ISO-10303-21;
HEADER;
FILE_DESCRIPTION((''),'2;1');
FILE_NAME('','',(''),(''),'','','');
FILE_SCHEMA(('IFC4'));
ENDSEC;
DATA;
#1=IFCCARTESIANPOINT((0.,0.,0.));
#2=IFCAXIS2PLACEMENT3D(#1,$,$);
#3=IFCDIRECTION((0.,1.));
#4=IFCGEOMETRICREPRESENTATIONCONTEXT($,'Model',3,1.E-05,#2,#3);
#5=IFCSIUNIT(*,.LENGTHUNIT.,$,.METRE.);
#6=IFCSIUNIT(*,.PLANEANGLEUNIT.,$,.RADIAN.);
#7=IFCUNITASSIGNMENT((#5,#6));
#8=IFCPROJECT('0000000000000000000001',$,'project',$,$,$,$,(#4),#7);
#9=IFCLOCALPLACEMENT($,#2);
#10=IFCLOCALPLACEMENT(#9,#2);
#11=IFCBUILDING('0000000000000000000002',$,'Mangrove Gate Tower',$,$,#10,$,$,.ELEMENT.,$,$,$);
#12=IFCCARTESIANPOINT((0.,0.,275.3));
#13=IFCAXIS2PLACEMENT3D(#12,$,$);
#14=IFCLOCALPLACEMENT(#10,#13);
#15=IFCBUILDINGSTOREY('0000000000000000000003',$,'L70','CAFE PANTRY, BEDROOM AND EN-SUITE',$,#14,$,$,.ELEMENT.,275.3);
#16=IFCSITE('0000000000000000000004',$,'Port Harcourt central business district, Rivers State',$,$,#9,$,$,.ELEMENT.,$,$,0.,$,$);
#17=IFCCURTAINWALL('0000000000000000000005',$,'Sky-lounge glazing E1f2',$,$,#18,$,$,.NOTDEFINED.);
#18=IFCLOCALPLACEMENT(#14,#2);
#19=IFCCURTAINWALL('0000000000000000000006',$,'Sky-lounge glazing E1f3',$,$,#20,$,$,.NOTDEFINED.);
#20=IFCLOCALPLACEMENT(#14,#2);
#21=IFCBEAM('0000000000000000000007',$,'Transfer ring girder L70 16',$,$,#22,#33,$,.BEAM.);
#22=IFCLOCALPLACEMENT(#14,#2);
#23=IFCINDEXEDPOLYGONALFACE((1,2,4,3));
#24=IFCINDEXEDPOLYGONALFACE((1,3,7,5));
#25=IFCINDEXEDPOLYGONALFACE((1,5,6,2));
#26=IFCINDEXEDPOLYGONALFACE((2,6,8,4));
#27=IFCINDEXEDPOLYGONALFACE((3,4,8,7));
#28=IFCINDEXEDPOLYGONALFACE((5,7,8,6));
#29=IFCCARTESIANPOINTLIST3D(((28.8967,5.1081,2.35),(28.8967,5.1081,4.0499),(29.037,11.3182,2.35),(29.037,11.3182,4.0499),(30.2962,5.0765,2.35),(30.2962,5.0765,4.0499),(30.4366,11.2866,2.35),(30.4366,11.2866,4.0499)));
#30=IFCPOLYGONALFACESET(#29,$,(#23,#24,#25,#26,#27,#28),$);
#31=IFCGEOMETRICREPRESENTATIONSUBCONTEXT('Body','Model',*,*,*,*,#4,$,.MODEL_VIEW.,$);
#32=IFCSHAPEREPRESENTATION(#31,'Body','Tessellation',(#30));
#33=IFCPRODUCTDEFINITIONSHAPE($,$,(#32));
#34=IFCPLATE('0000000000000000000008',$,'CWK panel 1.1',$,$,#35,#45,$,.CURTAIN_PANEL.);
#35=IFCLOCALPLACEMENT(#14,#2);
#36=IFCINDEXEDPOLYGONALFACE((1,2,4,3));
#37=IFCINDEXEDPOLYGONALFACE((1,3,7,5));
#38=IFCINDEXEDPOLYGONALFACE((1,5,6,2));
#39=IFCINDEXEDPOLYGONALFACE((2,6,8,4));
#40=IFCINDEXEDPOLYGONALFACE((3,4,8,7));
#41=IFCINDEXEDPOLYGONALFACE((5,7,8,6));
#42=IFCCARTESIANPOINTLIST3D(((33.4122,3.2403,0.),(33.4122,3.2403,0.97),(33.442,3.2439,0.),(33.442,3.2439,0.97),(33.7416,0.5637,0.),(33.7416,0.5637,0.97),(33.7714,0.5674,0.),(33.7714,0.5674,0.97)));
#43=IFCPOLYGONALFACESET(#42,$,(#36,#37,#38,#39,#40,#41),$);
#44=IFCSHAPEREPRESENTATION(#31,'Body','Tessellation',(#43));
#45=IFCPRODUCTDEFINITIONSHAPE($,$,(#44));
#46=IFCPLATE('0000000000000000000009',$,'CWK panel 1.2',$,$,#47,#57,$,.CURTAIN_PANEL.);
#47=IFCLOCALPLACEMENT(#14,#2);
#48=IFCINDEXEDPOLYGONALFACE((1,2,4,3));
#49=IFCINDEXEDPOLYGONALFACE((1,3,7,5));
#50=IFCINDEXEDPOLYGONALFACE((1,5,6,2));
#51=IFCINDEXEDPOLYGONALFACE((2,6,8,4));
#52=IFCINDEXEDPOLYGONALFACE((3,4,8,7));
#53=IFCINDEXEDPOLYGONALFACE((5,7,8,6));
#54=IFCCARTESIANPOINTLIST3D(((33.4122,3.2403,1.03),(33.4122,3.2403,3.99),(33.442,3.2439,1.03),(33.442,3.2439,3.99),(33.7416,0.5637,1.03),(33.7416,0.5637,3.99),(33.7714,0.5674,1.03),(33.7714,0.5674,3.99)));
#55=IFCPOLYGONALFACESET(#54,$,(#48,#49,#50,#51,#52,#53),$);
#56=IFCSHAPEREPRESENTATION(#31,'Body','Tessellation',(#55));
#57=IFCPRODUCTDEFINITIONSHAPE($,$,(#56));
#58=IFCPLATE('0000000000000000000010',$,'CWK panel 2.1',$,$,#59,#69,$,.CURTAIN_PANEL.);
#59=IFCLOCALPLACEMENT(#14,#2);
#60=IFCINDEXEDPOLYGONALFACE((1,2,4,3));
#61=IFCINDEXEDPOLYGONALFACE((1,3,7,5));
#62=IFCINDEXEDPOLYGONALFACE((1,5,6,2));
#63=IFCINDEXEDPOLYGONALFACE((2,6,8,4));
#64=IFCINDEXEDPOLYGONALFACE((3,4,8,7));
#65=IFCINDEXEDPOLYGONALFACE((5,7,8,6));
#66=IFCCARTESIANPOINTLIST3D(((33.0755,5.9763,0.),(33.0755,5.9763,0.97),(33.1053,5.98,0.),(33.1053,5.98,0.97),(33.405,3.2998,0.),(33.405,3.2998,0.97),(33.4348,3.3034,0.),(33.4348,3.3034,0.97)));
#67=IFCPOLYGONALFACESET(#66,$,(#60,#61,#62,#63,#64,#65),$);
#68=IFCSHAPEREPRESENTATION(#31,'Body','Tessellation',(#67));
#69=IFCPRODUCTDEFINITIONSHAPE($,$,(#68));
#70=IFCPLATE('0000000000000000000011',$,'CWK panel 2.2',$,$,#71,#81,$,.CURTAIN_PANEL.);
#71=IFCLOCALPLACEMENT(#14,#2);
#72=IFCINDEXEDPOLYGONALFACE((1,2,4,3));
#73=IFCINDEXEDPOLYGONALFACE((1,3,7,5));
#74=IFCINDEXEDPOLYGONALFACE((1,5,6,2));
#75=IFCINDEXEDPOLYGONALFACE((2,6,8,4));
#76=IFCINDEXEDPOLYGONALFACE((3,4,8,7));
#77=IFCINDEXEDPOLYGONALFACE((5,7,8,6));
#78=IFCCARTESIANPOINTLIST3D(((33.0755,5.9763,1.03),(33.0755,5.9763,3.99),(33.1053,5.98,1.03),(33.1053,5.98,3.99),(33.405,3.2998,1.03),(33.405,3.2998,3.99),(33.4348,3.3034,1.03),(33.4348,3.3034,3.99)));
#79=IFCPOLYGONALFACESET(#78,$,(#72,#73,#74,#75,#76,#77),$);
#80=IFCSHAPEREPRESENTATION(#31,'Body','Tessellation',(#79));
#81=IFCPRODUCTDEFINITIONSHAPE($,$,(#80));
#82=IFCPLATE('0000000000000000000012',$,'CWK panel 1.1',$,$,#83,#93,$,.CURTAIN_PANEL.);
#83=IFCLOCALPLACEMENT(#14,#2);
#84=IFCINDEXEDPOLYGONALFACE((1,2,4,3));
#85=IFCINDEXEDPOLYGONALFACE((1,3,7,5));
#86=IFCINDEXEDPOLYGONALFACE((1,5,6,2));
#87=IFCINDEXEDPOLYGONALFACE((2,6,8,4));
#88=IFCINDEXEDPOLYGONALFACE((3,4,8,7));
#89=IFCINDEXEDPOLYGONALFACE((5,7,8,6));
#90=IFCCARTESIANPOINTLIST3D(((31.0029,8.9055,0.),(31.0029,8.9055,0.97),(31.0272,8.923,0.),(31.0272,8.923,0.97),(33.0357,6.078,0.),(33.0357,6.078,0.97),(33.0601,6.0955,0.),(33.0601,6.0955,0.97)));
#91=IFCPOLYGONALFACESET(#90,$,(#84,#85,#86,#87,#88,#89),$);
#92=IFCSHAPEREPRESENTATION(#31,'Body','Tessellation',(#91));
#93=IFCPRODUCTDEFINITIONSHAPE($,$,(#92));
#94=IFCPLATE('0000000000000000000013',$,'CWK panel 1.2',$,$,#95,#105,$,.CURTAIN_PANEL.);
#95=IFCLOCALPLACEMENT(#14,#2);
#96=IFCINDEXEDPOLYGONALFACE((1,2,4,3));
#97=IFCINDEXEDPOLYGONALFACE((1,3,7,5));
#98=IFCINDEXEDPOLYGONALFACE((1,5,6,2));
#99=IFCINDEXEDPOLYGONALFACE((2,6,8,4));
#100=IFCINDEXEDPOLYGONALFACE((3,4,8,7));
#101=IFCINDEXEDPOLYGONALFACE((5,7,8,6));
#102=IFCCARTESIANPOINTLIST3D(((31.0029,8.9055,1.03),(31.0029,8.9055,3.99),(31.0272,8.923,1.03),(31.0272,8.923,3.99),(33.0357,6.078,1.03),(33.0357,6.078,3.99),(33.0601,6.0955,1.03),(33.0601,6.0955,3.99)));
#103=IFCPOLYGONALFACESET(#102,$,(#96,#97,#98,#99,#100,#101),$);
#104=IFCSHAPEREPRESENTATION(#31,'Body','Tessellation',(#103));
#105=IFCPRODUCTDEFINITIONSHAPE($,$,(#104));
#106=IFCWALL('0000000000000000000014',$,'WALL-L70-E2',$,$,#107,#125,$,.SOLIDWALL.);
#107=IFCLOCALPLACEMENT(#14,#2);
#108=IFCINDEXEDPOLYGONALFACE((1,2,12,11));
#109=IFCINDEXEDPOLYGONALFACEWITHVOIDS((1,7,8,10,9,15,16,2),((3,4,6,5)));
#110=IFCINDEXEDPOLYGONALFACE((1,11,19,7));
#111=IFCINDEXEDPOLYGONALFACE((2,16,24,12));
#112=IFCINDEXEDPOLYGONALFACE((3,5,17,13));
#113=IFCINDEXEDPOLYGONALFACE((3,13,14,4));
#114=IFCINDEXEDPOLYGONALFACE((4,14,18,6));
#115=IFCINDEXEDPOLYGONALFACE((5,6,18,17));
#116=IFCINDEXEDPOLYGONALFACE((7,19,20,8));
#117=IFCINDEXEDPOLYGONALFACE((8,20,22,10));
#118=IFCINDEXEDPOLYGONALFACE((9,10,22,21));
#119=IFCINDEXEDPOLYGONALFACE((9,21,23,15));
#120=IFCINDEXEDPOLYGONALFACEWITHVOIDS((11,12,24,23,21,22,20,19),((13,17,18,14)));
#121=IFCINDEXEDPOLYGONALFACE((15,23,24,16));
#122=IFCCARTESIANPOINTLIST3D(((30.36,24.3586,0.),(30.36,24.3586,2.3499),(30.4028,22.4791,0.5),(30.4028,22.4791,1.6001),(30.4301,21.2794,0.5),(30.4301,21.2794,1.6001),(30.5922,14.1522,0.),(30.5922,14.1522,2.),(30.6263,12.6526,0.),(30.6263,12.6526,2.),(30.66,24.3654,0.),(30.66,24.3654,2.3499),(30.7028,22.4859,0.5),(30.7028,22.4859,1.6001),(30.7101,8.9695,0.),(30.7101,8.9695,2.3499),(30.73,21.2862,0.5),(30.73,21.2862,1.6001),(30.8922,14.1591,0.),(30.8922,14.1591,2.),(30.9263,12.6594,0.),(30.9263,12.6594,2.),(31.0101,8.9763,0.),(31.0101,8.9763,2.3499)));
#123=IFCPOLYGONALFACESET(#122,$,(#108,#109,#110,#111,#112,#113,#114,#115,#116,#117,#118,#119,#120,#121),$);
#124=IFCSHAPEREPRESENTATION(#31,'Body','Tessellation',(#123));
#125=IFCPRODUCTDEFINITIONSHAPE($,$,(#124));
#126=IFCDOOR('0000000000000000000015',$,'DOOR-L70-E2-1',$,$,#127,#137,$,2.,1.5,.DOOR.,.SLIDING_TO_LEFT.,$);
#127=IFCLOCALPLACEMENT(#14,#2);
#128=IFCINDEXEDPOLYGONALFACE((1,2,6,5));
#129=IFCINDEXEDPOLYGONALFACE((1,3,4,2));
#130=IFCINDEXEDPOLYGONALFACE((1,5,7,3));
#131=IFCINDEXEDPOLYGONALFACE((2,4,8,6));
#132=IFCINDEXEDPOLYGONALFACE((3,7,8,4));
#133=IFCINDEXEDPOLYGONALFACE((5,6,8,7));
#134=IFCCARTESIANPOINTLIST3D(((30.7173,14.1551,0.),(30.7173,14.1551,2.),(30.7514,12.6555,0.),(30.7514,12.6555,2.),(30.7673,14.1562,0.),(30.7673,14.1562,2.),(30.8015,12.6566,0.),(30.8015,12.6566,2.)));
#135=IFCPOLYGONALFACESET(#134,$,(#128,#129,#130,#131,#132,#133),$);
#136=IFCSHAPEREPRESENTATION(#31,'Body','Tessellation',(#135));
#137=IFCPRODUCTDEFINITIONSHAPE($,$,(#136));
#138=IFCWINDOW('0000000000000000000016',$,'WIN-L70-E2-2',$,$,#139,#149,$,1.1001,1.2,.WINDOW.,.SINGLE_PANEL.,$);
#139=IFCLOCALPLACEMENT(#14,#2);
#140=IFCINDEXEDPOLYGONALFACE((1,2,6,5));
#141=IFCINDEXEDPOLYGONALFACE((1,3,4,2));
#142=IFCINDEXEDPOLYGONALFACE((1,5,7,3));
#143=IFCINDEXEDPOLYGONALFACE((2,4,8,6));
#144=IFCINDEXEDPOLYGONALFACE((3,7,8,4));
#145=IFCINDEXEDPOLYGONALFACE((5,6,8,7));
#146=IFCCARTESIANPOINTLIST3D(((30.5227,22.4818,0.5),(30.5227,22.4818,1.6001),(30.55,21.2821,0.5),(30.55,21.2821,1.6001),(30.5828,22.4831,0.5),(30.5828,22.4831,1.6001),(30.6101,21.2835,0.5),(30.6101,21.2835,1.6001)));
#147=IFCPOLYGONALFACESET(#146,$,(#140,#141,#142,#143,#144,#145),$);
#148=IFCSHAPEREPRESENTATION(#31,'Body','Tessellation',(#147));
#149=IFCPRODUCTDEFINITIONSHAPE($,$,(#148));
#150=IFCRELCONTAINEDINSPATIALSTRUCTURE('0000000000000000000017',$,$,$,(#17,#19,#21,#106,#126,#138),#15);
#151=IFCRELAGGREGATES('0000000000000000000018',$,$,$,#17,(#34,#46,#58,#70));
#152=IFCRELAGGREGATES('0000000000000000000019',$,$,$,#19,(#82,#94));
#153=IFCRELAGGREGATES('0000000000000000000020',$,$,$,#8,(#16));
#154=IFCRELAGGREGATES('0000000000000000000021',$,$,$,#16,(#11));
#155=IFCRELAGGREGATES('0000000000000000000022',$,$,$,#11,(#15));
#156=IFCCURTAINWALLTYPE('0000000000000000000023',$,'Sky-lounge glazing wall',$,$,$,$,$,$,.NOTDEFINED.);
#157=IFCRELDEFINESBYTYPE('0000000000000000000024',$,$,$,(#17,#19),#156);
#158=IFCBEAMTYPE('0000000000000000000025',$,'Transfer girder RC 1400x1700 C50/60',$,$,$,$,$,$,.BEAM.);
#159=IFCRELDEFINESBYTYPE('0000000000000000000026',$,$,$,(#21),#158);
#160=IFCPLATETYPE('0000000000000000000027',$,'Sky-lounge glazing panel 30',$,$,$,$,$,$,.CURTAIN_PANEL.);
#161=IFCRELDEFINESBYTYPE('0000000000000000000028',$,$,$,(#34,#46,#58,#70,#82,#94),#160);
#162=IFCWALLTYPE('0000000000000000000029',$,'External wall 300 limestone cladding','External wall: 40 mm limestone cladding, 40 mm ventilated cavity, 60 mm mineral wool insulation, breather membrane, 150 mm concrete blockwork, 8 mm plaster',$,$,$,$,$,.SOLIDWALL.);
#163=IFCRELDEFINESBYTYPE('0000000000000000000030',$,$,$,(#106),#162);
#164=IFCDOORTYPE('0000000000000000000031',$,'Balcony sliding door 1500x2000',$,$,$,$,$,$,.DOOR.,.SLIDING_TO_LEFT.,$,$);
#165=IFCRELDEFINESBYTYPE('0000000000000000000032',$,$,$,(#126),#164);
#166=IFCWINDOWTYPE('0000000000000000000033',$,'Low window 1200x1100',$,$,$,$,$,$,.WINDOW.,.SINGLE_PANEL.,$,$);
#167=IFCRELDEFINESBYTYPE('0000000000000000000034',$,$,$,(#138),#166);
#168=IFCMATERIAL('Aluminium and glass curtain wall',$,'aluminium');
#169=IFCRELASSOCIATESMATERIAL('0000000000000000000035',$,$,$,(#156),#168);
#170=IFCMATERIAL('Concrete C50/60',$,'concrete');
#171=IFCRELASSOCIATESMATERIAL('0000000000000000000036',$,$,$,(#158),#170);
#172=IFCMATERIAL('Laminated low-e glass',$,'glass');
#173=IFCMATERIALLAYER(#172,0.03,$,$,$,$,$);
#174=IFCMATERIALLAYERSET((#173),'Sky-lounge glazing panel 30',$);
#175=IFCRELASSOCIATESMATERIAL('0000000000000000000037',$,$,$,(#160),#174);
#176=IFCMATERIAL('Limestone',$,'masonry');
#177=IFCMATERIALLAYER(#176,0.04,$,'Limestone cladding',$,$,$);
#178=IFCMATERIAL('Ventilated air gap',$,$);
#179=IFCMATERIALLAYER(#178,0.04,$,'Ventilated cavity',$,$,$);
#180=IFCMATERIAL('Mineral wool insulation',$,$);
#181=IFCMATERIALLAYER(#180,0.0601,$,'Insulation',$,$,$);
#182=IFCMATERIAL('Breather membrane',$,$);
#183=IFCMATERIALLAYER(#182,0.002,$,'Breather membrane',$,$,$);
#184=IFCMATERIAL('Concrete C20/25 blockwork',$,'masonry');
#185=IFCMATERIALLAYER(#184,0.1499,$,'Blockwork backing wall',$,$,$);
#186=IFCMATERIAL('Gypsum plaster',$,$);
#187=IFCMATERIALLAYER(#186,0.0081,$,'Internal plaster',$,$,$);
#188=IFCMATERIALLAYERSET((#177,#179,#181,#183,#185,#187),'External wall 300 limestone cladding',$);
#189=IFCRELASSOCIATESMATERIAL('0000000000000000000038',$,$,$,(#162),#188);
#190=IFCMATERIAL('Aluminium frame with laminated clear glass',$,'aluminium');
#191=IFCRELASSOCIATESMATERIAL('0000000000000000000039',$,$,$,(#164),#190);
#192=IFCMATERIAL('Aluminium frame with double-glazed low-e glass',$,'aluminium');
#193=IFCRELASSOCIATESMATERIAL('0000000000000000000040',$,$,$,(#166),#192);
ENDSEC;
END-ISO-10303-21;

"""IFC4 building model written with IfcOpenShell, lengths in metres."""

from ifc_helpers import new_model, si_unit, direction, frame, frame_2d, origin, origin_2d, place, context, subcontext, project, spatial, rectangle, extrude, material, layer, layer_set, material_profile, profile_set, type_object, element, fill, aggregate, save


model = new_model("IFC4")

# Units and contexts
model_context = context("Model", 3, precision=1e-05, world=origin(), true_north=direction((0.0, 1.0)))
body_context = subcontext(model_context, "Body", "Model", "MODEL_VIEW")
ifc_project = project(units=[si_unit("LENGTHUNIT", "METRE"), si_unit("PLANEANGLEUNIT", "RADIAN")], contexts=[model_context])

# Site, building, storey
site_placement = place(None, origin())
site = spatial("IfcSite", under=ifc_project, at=site_placement, Name="Port Harcourt central business district, Rivers State", CompositionType="ELEMENT", RefElevation=0.0)
building_placement = place(site_placement, origin())
building = spatial("IfcBuilding", under=site, at=building_placement, Name="Mangrove Gate Tower", CompositionType="ELEMENT")
storey_placement = place(building_placement, frame((0.0, 0.0, 275.3)))
storey = spatial("IfcBuildingStorey", under=building, at=storey_placement, Name="L70", Description="CAFE PANTRY, BEDROOM AND EN-SUITE", CompositionType="ELEMENT", Elevation=275.3)

# Shared definitions
ifc_material_1 = material(Name="Aluminium and glass curtain wall", Category="aluminium")
curtain_wall_type = type_object("IfcCurtainWallType", Name="Sky-lounge glazing wall", PredefinedType="NOTDEFINED", material=ifc_material_1)

# Curtain walls
curtain_wall_1_placement = place(storey_placement, origin())
curtain_wall_1 = element("IfcCurtainWall", 1, at=curtain_wall_1_placement, inside=storey, type_object=curtain_wall_type, Name="Sky-lounge glazing E1f2", PredefinedType="NOTDEFINED")
curtain_wall_2_placement = place(storey_placement, origin())
curtain_wall_2 = element("IfcCurtainWall", 2, at=curtain_wall_2_placement, inside=storey, type_object=curtain_wall_type, Name="Sky-lounge glazing E1f3", PredefinedType="NOTDEFINED")

# Beam
ifc_material_2 = material(Name="Concrete C50/60", Category="concrete")
ifc_material_profile_1 = material_profile(ifc_material_2, rectangle(XDim=1.3999, YDim=1.7, at=origin_2d()))
ifc_profile_set_1 = profile_set([ifc_material_profile_1], Name="Concrete C50/60")
beam_type_1 = type_object("IfcBeamType", Name="Transfer girder RC 1400x1700 C50/60", PredefinedType="BEAM", material=ifc_profile_set_1)
beam_1_placement = place(storey_placement, frame((29.5964, 5.0923, 3.2), z_axis=(0.022599, 0.999745, 0.0), x_axis=(-0.999745, 0.022599, 0.0)))
element("IfcBeam", 3, at=beam_1_placement, inside=storey, type_object=beam_type_1, Name="Transfer ring girder L70 16", PredefinedType="BEAM", context=body_context, shape_type="SweptSolid", body=[
    extrude(rectangle(XDim=1.3999, YDim=1.7, at=origin_2d()), origin(), (0.0, 0.0, 1.0), 6.2117),
])

# Plates
ifc_material_3 = material(Name="Laminated low-e glass", Category="glass")
ifc_layer_1 = layer(ifc_material_3, 0.03)
ifc_layer_set_1 = layer_set([ifc_layer_1], Name="Sky-lounge glazing panel 30")
plate_type = type_object("IfcPlateType", Name="Sky-lounge glazing panel 30", PredefinedType="CURTAIN_PANEL", material=ifc_layer_set_1)
plate_1_placement = place(storey_placement, frame((33.5918, 1.9038, 0.0), z_axis=(0.0, 0.0, 1.0), x_axis=(-0.122172, 0.992509, 0.0)))
plate_1 = element("IfcPlate", 4, at=plate_1_placement, type_object=plate_type, Name="CWK panel 1.1", PredefinedType="CURTAIN_PANEL", context=body_context, shape_type="SweptSolid", body=[
    extrude(rectangle(XDim=2.6968, YDim=0.03, at=origin_2d()), origin(), (0.0, 0.0, 1.0), 0.97),
])
plate_2_placement = place(storey_placement, frame((33.5918, 1.9038, 1.03), z_axis=(0.0, 0.0, 1.0), x_axis=(-0.122172, 0.992509, 0.0)))
plate_2 = element("IfcPlate", 5, at=plate_2_placement, type_object=plate_type, Name="CWK panel 1.2", PredefinedType="CURTAIN_PANEL", context=body_context, shape_type="SweptSolid", body=[
    extrude(rectangle(XDim=2.6968, YDim=0.03, at=origin_2d()), origin(), (0.0, 0.0, 1.0), 2.96),
])
plate_3_placement = place(storey_placement, frame((33.2551, 4.6399, 0.0), z_axis=(0.0, 0.0, 1.0), x_axis=(-0.122172, 0.992509, 0.0)))
plate_3 = element("IfcPlate", 6, at=plate_3_placement, type_object=plate_type, Name="CWK panel 2.1", PredefinedType="CURTAIN_PANEL", context=body_context, shape_type="SweptSolid", body=[
    extrude(rectangle(XDim=2.6968, YDim=0.03, at=origin_2d()), origin(), (0.0, 0.0, 1.0), 0.97),
])
plate_4_placement = place(storey_placement, frame((33.2551, 4.6399, 1.03), z_axis=(0.0, 0.0, 1.0), x_axis=(-0.122172, 0.992509, 0.0)))
plate_4 = element("IfcPlate", 7, at=plate_4_placement, type_object=plate_type, Name="CWK panel 2.2", PredefinedType="CURTAIN_PANEL", context=body_context, shape_type="SweptSolid", body=[
    extrude(rectangle(XDim=2.6968, YDim=0.03, at=origin_2d()), origin(), (0.0, 0.0, 1.0), 2.96),
])
aggregate(curtain_wall_1, [plate_1, plate_2, plate_3, plate_4])
plate_5_placement = place(storey_placement, frame((32.0315, 7.5005, 0.0), z_axis=(0.0, 0.0, 1.0), x_axis=(-0.583756, 0.811929, 0.0)))
plate_5 = element("IfcPlate", 8, at=plate_5_placement, type_object=plate_type, Name="CWK panel 1.1", PredefinedType="CURTAIN_PANEL", context=body_context, shape_type="SweptSolid", body=[
    extrude(rectangle(XDim=3.4824, YDim=0.03, at=origin_2d()), origin(), (0.0, 0.0, 1.0), 0.97),
])
plate_6_placement = place(storey_placement, frame((32.0315, 7.5005, 1.03), z_axis=(0.0, 0.0, 1.0), x_axis=(-0.583756, 0.811929, 0.0)))
plate_6 = element("IfcPlate", 9, at=plate_6_placement, type_object=plate_type, Name="CWK panel 1.2", PredefinedType="CURTAIN_PANEL", context=body_context, shape_type="SweptSolid", body=[
    extrude(rectangle(XDim=3.4824, YDim=0.03, at=origin_2d()), origin(), (0.0, 0.0, 1.0), 2.96),
])
aggregate(curtain_wall_2, [plate_5, plate_6])

# Wall, openings, door, window
ifc_material_4 = material(Name="Limestone", Category="masonry")
ifc_layer_2 = layer(ifc_material_4, 0.04, Name="Limestone cladding")
ifc_material_5 = material(Name="Ventilated air gap")
ifc_layer_3 = layer(ifc_material_5, 0.04, Name="Ventilated cavity")
ifc_material_6 = material(Name="Mineral wool insulation")
ifc_layer_4 = layer(ifc_material_6, 0.0601, Name="Insulation")
ifc_material_7 = material(Name="Breather membrane")
ifc_layer_5 = layer(ifc_material_7, 0.002, Name="Breather membrane")
ifc_material_8 = material(Name="Concrete C20/25 blockwork", Category="masonry")
ifc_layer_6 = layer(ifc_material_8, 0.1499, Name="Blockwork backing wall")
ifc_material_9 = material(Name="Gypsum plaster")
ifc_layer_7 = layer(ifc_material_9, 0.0081, Name="Internal plaster")
ifc_layer_set_2 = layer_set([ifc_layer_2, ifc_layer_3, ifc_layer_4, ifc_layer_5, ifc_layer_6, ifc_layer_7], Name="External wall 300 limestone cladding")
wall_type = type_object("IfcWallType", Name="External wall 300 limestone cladding", Description="External wall: 40 mm limestone cladding, 40 mm ventilated cavity, 60 mm mineral wool insulation, breather membrane, 150 mm concrete blockwork, 8 mm plaster", PredefinedType="SOLIDWALL", material=ifc_layer_set_2)
wall_placement = place(storey_placement, frame((30.8601, 8.9729, 0.0), z_axis=(0.0, 0.0, 1.0), x_axis=(-0.022744, 0.999741, 0.0)))
wall = element("IfcWall", 10, at=wall_placement, inside=storey, type_object=wall_type, Name="WALL-L70-E2", PredefinedType="SOLIDWALL", context=body_context, shape_type="SweptSolid", body=[
    extrude(rectangle(XDim=15.3931, YDim=0.3, at=frame_2d((7.6965, 0.0))), origin(), (0.0, 0.0, 1.0), 2.3499),
])
opening_1_placement = place(wall_placement, frame((3.6841, 0.0, 0.0)))
opening_1 = element("IfcOpeningElement", 11, at=opening_1_placement, cuts=wall, PredefinedType="OPENING", context=body_context, shape_type="SweptSolid", body=[
    extrude(rectangle(XDim=1.5, YDim=2.0, at=frame_2d((0.75, 1.0))), frame((0.0, 0.1599, 0.0), z_axis=(0.0, -1.0, 0.0), x_axis=(1.0, 0.0, 0.0)), (0.0, 0.0, 1.0), 0.3201),
])
opening_2_placement = place(wall_placement, frame((12.313, 0.0, 0.5)))
opening_2 = element("IfcOpeningElement", 12, at=opening_2_placement, cuts=wall, PredefinedType="OPENING", context=body_context, shape_type="SweptSolid", body=[
    extrude(rectangle(XDim=1.2, YDim=1.1001, at=frame_2d((0.6001, 0.55))), frame((0.0, 0.1599, 0.0), z_axis=(0.0, -1.0, 0.0), x_axis=(1.0, 0.0, 0.0)), (0.0, 0.0, 1.0), 0.3201),
])
ifc_material_10 = material(Name="Aluminium frame with laminated clear glass", Category="aluminium")
door_type = type_object("IfcDoorType", Name="Balcony sliding door 1500x2000", OperationType="SLIDING_TO_LEFT", PredefinedType="DOOR", material=ifc_material_10)
door_placement = place(opening_1_placement, origin())
door = element("IfcDoor", 13, at=door_placement, inside=storey, type_object=door_type, Name="DOOR-L70-E2-1", OperationType="SLIDING_TO_LEFT", OverallHeight=2.0, OverallWidth=1.5, PredefinedType="DOOR", context=body_context, shape_type="SweptSolid", body=[
    extrude(rectangle(XDim=1.5, YDim=2.0, at=frame_2d((0.75, 1.0))), frame((0.0, 0.0249, 0.0), z_axis=(0.0, -1.0, 0.0), x_axis=(1.0, 0.0, 0.0)), (0.0, 0.0, 1.0), 0.05),
])
fill(opening_1, door)
ifc_material_11 = material(Name="Aluminium frame with double-glazed low-e glass", Category="aluminium")
window_type = type_object("IfcWindowType", Name="Low window 1200x1100", PartitioningType="SINGLE_PANEL", PredefinedType="WINDOW", material=ifc_material_11)
window_placement = place(opening_2_placement, origin())
window = element("IfcWindow", 14, at=window_placement, inside=storey, type_object=window_type, Name="WIN-L70-E2-2", OverallHeight=1.1001, OverallWidth=1.2, PartitioningType="SINGLE_PANEL", PredefinedType="WINDOW", context=body_context, shape_type="SweptSolid", body=[
    extrude(rectangle(XDim=1.2, YDim=1.1001, at=frame_2d((0.6001, 0.55))), frame((0.0, 0.03, 0.0), z_axis=(0.0, -1.0, 0.0), x_axis=(1.0, 0.0, 0.0)), (0.0, 0.0, 1.0), 0.0601),
])
fill(opening_2, window)

save(model, "model.ifc")
